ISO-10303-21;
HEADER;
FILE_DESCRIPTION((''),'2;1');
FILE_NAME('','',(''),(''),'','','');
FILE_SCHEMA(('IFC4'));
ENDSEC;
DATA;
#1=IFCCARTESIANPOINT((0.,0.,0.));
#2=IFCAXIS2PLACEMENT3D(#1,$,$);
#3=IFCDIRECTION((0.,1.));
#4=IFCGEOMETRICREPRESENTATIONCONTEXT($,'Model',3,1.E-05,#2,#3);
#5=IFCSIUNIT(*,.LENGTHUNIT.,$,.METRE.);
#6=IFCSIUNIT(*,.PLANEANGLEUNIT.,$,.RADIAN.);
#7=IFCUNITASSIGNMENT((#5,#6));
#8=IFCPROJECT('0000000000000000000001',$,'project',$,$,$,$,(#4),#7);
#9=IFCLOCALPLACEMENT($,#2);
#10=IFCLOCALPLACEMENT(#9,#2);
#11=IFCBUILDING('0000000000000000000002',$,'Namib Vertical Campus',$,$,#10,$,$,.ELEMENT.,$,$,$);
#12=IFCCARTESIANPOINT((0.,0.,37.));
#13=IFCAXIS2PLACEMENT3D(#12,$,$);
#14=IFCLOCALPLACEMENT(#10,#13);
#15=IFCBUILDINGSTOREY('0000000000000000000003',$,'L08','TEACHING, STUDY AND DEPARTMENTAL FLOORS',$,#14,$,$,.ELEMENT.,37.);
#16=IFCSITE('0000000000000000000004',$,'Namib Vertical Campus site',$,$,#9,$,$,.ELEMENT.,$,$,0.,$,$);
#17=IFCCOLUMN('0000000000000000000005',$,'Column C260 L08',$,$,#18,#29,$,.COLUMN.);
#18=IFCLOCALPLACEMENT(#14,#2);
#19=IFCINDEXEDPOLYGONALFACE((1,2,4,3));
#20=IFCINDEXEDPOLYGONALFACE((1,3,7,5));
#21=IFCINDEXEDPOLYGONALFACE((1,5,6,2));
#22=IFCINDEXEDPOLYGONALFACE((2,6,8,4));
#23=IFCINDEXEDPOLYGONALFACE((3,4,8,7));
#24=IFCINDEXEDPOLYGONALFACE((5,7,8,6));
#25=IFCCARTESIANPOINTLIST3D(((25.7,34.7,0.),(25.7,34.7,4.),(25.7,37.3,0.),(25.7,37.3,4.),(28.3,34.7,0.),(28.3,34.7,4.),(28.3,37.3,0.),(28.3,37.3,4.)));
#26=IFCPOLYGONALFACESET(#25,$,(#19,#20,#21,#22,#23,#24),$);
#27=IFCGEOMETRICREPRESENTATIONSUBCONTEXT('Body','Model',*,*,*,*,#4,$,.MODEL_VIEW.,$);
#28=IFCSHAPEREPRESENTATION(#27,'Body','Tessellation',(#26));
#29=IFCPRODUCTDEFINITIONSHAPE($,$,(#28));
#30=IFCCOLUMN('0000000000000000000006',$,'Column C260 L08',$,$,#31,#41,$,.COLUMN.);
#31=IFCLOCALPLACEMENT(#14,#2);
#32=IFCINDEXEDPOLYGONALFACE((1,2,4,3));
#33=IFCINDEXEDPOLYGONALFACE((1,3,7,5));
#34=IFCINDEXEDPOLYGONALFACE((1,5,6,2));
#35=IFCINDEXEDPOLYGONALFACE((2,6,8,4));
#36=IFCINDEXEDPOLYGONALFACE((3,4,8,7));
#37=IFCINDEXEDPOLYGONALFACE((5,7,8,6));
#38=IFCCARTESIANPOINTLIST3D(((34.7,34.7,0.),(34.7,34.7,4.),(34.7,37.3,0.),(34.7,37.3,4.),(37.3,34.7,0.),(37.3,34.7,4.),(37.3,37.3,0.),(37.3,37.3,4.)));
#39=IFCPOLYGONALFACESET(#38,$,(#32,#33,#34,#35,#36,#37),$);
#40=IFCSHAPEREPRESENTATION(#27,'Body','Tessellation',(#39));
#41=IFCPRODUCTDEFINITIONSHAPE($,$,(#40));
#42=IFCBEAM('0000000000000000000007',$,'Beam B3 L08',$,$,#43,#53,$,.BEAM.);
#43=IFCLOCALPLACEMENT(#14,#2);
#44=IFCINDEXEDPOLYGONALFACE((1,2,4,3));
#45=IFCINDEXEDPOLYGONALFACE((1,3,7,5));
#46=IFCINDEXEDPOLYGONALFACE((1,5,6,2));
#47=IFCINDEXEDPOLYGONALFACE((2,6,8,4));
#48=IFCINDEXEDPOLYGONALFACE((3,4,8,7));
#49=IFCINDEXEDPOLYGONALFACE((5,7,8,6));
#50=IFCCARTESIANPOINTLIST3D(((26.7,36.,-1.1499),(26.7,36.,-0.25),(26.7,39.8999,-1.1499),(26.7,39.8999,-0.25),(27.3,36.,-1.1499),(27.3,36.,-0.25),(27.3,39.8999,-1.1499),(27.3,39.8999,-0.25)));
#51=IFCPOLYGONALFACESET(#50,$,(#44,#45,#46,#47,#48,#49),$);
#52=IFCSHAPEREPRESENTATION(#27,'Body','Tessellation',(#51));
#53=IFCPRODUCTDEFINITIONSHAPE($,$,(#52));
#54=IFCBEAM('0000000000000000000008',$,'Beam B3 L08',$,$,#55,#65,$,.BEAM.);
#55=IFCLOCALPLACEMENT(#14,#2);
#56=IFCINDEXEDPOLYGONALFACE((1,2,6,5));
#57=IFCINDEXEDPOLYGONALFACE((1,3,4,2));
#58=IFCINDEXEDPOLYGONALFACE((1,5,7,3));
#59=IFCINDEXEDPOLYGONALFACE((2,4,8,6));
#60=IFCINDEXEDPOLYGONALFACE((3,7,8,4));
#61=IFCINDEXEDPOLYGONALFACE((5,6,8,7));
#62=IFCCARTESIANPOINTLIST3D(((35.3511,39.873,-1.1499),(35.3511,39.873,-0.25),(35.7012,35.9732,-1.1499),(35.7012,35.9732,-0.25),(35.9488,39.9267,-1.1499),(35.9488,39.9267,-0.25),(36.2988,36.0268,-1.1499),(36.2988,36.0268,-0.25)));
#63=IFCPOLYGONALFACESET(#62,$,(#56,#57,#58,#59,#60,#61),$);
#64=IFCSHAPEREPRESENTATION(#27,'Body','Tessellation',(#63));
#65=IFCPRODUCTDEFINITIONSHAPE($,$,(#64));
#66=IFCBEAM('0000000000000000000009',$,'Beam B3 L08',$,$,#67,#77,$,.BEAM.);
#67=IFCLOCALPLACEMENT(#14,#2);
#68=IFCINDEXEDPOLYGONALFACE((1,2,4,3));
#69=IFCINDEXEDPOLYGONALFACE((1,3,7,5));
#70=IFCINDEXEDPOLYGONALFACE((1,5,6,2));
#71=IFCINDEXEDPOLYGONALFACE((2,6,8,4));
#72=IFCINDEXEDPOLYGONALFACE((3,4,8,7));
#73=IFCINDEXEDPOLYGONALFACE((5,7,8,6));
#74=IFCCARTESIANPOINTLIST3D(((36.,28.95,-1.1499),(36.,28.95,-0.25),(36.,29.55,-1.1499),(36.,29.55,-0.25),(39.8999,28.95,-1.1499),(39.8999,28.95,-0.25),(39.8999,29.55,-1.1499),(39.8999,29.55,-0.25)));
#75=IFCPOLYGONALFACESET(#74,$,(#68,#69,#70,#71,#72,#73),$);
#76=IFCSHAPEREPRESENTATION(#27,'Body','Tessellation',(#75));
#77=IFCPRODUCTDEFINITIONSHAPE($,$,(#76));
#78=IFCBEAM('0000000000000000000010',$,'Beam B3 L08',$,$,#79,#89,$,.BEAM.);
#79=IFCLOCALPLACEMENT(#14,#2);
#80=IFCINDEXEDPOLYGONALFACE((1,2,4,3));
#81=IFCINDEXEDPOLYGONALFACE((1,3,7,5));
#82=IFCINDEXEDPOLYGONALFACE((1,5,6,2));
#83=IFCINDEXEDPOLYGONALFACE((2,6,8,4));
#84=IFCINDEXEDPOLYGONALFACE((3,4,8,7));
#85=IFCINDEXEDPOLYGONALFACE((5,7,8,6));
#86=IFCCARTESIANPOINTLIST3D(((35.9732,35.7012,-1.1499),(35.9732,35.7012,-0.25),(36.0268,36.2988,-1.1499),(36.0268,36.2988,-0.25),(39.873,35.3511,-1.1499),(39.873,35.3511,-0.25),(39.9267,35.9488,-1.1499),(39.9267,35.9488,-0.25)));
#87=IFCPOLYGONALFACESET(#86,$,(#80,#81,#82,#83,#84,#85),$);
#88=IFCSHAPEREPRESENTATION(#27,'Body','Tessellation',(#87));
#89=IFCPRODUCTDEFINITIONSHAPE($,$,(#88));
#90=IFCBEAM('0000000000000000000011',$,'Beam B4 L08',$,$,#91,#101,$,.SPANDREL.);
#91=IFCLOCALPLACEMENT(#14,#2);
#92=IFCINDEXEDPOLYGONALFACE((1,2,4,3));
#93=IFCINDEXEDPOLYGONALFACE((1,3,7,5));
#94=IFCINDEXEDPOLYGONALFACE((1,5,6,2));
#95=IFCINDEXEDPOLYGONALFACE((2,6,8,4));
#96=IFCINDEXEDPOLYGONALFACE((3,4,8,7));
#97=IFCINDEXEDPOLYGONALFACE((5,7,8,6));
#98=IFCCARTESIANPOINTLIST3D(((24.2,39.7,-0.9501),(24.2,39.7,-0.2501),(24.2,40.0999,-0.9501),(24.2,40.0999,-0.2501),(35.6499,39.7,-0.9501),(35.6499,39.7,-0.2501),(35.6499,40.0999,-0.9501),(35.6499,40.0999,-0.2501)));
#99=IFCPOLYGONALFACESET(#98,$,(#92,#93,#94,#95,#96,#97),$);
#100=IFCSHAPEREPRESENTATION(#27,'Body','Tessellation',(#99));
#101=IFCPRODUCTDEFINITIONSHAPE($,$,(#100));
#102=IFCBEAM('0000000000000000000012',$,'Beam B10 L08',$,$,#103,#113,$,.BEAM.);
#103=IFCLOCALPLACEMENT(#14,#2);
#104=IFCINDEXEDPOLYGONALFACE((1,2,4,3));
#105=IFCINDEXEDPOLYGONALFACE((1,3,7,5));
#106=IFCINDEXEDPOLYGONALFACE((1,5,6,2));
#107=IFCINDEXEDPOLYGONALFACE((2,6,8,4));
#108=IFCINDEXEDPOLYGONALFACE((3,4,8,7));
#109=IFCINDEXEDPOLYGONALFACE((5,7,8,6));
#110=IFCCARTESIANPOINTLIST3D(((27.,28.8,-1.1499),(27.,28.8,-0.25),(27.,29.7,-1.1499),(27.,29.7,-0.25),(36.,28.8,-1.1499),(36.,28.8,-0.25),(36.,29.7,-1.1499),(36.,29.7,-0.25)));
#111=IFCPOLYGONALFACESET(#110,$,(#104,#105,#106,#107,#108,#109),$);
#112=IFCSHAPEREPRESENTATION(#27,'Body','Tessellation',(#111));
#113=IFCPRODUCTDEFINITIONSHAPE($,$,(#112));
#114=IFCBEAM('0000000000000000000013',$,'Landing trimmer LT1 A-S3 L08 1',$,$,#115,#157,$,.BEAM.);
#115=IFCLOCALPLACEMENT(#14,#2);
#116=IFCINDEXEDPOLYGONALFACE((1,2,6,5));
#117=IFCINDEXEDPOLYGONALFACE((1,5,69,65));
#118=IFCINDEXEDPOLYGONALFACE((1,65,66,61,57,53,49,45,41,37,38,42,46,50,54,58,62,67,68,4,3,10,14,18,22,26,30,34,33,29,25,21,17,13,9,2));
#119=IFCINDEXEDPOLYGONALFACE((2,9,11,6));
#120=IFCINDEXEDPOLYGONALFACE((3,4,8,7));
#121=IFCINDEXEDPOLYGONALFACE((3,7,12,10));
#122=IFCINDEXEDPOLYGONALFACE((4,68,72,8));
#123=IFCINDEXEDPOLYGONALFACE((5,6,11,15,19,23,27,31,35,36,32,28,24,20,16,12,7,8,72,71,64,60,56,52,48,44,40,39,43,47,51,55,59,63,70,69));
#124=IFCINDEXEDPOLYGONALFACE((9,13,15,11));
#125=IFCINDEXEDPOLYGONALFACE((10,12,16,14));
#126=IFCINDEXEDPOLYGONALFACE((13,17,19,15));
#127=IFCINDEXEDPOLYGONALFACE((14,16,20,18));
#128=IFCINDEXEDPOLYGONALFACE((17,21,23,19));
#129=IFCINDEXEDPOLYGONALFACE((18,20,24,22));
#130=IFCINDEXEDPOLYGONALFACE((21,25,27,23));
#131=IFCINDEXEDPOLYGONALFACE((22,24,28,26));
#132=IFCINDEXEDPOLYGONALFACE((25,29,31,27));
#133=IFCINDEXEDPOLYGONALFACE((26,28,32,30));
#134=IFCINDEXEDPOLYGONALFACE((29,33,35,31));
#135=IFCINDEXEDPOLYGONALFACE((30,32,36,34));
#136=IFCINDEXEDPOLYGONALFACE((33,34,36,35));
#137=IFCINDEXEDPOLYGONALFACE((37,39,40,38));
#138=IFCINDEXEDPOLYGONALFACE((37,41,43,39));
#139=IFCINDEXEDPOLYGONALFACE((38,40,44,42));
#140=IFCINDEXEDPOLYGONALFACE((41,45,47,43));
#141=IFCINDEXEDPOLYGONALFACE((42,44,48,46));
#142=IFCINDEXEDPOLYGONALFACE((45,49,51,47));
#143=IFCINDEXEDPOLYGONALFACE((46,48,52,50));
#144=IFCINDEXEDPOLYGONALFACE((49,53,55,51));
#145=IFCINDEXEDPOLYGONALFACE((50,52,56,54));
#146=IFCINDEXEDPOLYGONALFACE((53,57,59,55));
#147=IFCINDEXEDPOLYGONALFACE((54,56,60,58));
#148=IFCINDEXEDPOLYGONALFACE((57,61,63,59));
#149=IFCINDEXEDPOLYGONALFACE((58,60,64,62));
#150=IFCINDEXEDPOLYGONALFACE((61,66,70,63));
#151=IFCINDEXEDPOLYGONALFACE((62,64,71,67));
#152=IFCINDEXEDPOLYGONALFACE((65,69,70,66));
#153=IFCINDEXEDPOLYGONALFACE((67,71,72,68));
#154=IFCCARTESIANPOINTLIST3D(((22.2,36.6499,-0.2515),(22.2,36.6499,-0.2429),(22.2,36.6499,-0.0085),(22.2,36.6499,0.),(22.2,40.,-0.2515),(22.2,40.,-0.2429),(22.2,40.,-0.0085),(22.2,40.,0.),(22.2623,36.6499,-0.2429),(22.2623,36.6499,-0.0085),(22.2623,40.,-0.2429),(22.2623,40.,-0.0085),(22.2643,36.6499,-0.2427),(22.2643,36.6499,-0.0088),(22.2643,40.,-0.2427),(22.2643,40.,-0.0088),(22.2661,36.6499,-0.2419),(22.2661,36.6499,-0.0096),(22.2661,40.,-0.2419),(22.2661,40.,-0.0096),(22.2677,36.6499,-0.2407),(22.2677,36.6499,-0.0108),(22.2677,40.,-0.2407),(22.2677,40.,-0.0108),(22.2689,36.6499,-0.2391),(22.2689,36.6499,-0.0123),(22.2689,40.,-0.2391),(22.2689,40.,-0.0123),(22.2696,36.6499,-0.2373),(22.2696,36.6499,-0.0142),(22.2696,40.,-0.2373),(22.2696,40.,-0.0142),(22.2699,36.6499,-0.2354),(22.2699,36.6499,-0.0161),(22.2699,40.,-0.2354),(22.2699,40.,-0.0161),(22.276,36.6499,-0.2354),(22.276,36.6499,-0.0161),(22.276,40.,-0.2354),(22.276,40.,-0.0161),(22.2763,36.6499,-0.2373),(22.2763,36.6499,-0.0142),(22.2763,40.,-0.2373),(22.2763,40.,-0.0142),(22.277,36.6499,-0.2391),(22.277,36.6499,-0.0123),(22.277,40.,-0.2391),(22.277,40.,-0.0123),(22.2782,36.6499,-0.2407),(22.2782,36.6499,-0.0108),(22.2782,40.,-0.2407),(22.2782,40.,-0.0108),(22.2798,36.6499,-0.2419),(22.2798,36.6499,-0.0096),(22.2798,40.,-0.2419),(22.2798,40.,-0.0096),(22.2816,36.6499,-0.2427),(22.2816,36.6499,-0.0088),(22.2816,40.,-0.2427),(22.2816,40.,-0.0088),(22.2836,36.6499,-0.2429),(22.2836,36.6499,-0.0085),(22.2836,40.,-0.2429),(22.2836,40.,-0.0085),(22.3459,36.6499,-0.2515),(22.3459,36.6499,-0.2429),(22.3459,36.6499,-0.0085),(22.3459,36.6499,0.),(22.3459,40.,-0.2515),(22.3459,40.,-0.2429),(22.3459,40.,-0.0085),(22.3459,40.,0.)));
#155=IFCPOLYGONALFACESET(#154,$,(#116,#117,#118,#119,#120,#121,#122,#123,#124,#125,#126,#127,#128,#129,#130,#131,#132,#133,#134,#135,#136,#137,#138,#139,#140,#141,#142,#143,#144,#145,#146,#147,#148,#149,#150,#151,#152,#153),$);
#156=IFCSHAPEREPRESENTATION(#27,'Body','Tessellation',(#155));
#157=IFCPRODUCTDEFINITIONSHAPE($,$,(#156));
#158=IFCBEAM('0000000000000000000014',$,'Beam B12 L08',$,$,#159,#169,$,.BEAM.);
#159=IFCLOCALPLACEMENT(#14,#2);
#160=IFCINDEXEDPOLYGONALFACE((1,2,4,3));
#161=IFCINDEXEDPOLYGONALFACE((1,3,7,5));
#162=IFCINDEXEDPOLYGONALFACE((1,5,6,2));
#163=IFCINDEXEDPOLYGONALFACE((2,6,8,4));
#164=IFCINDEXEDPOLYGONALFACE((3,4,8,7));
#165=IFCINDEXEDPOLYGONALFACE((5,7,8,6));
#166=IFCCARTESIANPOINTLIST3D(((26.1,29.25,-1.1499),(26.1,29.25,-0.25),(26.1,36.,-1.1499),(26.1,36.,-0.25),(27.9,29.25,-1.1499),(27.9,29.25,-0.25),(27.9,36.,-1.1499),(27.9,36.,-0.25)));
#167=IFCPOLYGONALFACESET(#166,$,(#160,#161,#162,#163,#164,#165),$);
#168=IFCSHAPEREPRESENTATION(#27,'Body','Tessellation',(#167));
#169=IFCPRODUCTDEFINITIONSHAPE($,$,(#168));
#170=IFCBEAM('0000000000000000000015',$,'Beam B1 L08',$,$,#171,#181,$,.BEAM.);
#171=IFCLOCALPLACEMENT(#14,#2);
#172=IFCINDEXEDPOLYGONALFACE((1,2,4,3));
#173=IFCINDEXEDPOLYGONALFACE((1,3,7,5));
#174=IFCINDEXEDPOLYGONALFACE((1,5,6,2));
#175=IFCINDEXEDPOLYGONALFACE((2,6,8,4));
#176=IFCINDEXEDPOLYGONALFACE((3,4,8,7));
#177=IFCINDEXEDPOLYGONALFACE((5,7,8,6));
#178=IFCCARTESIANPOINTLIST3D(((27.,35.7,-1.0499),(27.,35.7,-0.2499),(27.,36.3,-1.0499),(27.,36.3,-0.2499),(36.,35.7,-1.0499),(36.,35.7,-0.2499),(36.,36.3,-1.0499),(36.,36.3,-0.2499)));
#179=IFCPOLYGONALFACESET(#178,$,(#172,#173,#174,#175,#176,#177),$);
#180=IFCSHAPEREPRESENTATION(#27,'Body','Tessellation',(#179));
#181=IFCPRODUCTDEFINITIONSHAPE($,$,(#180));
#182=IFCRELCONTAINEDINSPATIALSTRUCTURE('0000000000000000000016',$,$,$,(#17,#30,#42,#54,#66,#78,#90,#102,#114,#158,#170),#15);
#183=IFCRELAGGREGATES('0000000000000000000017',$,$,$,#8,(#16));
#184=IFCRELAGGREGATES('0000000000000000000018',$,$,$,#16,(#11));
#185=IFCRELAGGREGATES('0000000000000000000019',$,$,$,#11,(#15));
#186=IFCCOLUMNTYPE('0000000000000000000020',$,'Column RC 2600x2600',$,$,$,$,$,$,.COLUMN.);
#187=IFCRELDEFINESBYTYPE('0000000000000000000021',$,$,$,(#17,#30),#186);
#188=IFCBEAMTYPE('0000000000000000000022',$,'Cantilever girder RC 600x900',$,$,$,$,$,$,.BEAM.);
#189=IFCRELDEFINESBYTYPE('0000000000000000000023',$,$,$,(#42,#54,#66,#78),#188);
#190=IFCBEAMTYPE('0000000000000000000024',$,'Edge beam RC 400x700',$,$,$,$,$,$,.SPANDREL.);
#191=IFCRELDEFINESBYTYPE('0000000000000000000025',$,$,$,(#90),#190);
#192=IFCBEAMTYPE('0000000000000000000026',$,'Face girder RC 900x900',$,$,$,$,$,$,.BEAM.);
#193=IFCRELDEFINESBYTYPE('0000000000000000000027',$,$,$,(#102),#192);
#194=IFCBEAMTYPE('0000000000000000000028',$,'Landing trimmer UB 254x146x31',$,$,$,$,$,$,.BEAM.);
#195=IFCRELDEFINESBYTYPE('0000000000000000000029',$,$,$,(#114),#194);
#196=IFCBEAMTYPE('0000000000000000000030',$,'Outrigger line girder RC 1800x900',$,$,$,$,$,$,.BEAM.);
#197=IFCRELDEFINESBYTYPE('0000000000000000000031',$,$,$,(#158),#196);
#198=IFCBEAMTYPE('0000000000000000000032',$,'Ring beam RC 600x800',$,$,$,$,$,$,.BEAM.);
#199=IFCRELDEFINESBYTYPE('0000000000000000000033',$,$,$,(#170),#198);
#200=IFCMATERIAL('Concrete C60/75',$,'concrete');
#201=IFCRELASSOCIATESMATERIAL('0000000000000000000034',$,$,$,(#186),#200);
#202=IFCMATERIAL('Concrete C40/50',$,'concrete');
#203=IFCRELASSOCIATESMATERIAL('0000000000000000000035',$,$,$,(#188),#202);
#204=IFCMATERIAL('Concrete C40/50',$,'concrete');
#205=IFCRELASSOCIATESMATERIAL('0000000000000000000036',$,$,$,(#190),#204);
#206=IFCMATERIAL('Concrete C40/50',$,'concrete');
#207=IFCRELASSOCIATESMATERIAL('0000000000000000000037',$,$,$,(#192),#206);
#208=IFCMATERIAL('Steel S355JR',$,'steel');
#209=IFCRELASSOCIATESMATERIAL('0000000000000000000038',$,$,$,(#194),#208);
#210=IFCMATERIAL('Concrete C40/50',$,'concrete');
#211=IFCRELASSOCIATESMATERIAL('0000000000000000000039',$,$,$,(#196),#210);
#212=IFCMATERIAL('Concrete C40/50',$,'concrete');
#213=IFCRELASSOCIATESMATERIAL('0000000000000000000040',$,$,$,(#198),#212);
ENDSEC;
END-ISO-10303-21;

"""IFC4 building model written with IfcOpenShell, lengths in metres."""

from ifc_helpers import new_model, si_unit, direction, frame, origin, origin_2d, place, context, subcontext, project, spatial, rectangle, i_section, extrude, material, material_profile, profile_set, type_object, element, save


model = new_model("IFC4")

# Units and contexts
model_context = context("Model", 3, precision=1e-05, world=origin(), true_north=direction((0.0, 1.0)))
body_context = subcontext(model_context, "Body", "Model", "MODEL_VIEW")
ifc_project = project(units=[si_unit("LENGTHUNIT", "METRE"), si_unit("PLANEANGLEUNIT", "RADIAN")], contexts=[model_context])

# Site, building, storey
site_placement = place(None, origin())
site = spatial("IfcSite", under=ifc_project, at=site_placement, Name="Namib Vertical Campus site", CompositionType="ELEMENT", RefElevation=0.0)
building_placement = place(site_placement, origin())
building = spatial("IfcBuilding", under=site, at=building_placement, Name="Namib Vertical Campus", CompositionType="ELEMENT")
storey_placement = place(building_placement, frame((0.0, 0.0, 37.0)))
storey = spatial("IfcBuildingStorey", under=building, at=storey_placement, Name="L08", Description="TEACHING, STUDY AND DEPARTMENTAL FLOORS", CompositionType="ELEMENT", Elevation=37.0)

# Columns
ifc_material_1 = material(Name="Concrete C60/75", Category="concrete")
ifc_material_profile_1 = material_profile(ifc_material_1, rectangle(XDim=2.6001, YDim=2.6001, at=origin_2d()))
ifc_profile_set_1 = profile_set([ifc_material_profile_1], Name="Concrete C60/75")
column_type = type_object("IfcColumnType", Name="Column RC 2600x2600", PredefinedType="COLUMN", material=ifc_profile_set_1)
for number, where, z_axis, x_axis, name in (
    (1, (27.0, 36.0, 0.0), (0.0, 0.0, 1.0), (1.0, 0.0, 0.0), "Column C260 L08"),
    (2, (36.0, 36.0, 0.0), (0.0, 0.0, 1.0), (1.0, 0.0, 0.0), "Column C260 L08"),
):
    element("IfcColumn", number, at=place(storey_placement, frame(where, z_axis=z_axis, x_axis=x_axis)), inside=storey, type_object=column_type, Name=name, PredefinedType="COLUMN", context=body_context, shape_type="SweptSolid", body=[
        extrude(rectangle(XDim=2.6001, YDim=2.6001, at=origin_2d()), origin(), (0.0, 0.0, 1.0), 4.0),
    ])

# Beams
ifc_material_2 = material(Name="Concrete C40/50", Category="concrete")
ifc_material_profile_2 = material_profile(ifc_material_2, rectangle(XDim=0.6001, YDim=0.8999, at=origin_2d()))
ifc_profile_set_2 = profile_set([ifc_material_profile_2], Name="Concrete C40/50")
beam_type_1 = type_object("IfcBeamType", Name="Cantilever girder RC 600x900", PredefinedType="BEAM", material=ifc_profile_set_2)
beam_1_placement = place(storey_placement, frame((27.0, 36.0, -0.7), z_axis=(0.0, 1.0, 0.0), x_axis=(-1.0, 0.0, 0.0)))
element("IfcBeam", 3, at=beam_1_placement, inside=storey, type_object=beam_type_1, Name="Beam B3 L08", PredefinedType="BEAM", context=body_context, shape_type="SweptSolid", body=[
    extrude(rectangle(XDim=0.6001, YDim=0.8999, at=origin_2d()), origin(), (0.0, 0.0, 1.0), 3.8999),
])
beam_2_placement = place(storey_placement, frame((36.0, 36.0, -0.7), z_axis=(-0.089411, 0.995995, 0.0), x_axis=(-0.995995, -0.089411, 0.0)))
element("IfcBeam", 4, at=beam_2_placement, inside=storey, type_object=beam_type_1, Name="Beam B3 L08", PredefinedType="BEAM", context=body_context, shape_type="SweptSolid", body=[
    extrude(rectangle(XDim=0.6001, YDim=0.8999, at=origin_2d()), origin(), (0.0, 0.0, 1.0), 3.9155),
])
beam_3_placement = place(storey_placement, frame((36.0, 29.25, -0.7), z_axis=(1.0, 0.0, 0.0), x_axis=(0.0, 1.0, 0.0)))
element("IfcBeam", 5, at=beam_3_placement, inside=storey, type_object=beam_type_1, Name="Beam B3 L08", PredefinedType="BEAM", context=body_context, shape_type="SweptSolid", body=[
    extrude(rectangle(XDim=0.6001, YDim=0.8999, at=origin_2d()), origin(), (0.0, 0.0, 1.0), 3.8999),
])
beam_4_placement = place(storey_placement, frame((36.0, 36.0, -0.7), z_axis=(0.995995, -0.089411, 0.0), x_axis=(0.089411, 0.995995, 0.0)))
element("IfcBeam", 6, at=beam_4_placement, inside=storey, type_object=beam_type_1, Name="Beam B3 L08", PredefinedType="BEAM", context=body_context, shape_type="SweptSolid", body=[
    extrude(rectangle(XDim=0.6001, YDim=0.8999, at=origin_2d()), origin(), (0.0, 0.0, 1.0), 3.9155),
])
ifc_material_3 = material(Name="Concrete C40/50", Category="concrete")
ifc_material_profile_3 = material_profile(ifc_material_3, rectangle(XDim=0.3999, YDim=0.7, at=origin_2d()))
ifc_profile_set_3 = profile_set([ifc_material_profile_3], Name="Concrete C40/50")
beam_type_2 = type_object("IfcBeamType", Name="Edge beam RC 400x700", PredefinedType="SPANDREL", material=ifc_profile_set_3)
beam_5_placement = place(storey_placement, frame((24.2, 39.8999, -0.6001), z_axis=(1.0, 0.0, 0.0), x_axis=(0.0, 1.0, 0.0)))
element("IfcBeam", 7, at=beam_5_placement, inside=storey, type_object=beam_type_2, Name="Beam B4 L08", PredefinedType="SPANDREL", context=body_context, shape_type="SweptSolid", body=[
    extrude(rectangle(XDim=0.3999, YDim=0.7, at=origin_2d()), origin(), (0.0, 0.0, 1.0), 11.45),
])
ifc_material_4 = material(Name="Concrete C40/50", Category="concrete")
ifc_material_profile_4 = material_profile(ifc_material_4, rectangle(XDim=0.8999, YDim=0.8999, at=origin_2d()))
ifc_profile_set_4 = profile_set([ifc_material_profile_4], Name="Concrete C40/50")
beam_type_3 = type_object("IfcBeamType", Name="Face girder RC 900x900", PredefinedType="BEAM", material=ifc_profile_set_4)
beam_6_placement = place(storey_placement, frame((36.0, 29.25, -0.7), z_axis=(-1.0, 0.0, 0.0), x_axis=(0.0, -1.0, 0.0)))
element("IfcBeam", 8, at=beam_6_placement, inside=storey, type_object=beam_type_3, Name="Beam B10 L08", PredefinedType="BEAM", context=body_context, shape_type="SweptSolid", body=[
    extrude(rectangle(XDim=0.8999, YDim=0.8999, at=origin_2d()), origin(), (0.0, 0.0, 1.0), 9.0),
])
ifc_material_5 = material(Name="Steel S355JR", Category="steel")
ifc_material_profile_5 = material_profile(ifc_material_5, i_section(OverallWidth=0.146, OverallDepth=0.2515, WebThickness=0.0061, FlangeThickness=0.0085, FilletRadius=0.0076, at=origin_2d()))
ifc_profile_set_5 = profile_set([ifc_material_profile_5], Name="Steel S355JR")
beam_type_4 = type_object("IfcBeamType", Name="Landing trimmer UB 254x146x31", PredefinedType="BEAM", material=ifc_profile_set_5)
beam_7_placement = place(storey_placement, frame((22.2729, 36.6499, -0.1257), z_axis=(0.0, 1.0, 0.0), x_axis=(-1.0, 0.0, 0.0)))
element("IfcBeam", 9, at=beam_7_placement, inside=storey, type_object=beam_type_4, Name="Landing trimmer LT1 A-S3 L08 1", PredefinedType="BEAM", context=body_context, shape_type="SweptSolid", body=[
    extrude(i_section(OverallWidth=0.146, OverallDepth=0.2515, WebThickness=0.0061, FlangeThickness=0.0085, FilletRadius=0.0076, at=origin_2d()), origin(), (0.0, 0.0, 1.0), 3.3501),
])
ifc_material_6 = material(Name="Concrete C40/50", Category="concrete")
ifc_material_profile_6 = material_profile(ifc_material_6, rectangle(XDim=1.8, YDim=0.8999, at=origin_2d()))
ifc_profile_set_6 = profile_set([ifc_material_profile_6], Name="Concrete C40/50")
beam_type_5 = type_object("IfcBeamType", Name="Outrigger line girder RC 1800x900", PredefinedType="BEAM", material=ifc_profile_set_6)
beam_8_placement = place(storey_placement, frame((27.0, 36.0, -0.7), z_axis=(0.0, -1.0, 0.0), x_axis=(1.0, 0.0, 0.0)))
element("IfcBeam", 10, at=beam_8_placement, inside=storey, type_object=beam_type_5, Name="Beam B12 L08", PredefinedType="BEAM", context=body_context, shape_type="SweptSolid", body=[
    extrude(rectangle(XDim=1.8, YDim=0.8999, at=origin_2d()), origin(), (0.0, 0.0, 1.0), 6.75),
])
ifc_material_7 = material(Name="Concrete C40/50", Category="concrete")
ifc_material_profile_7 = material_profile(ifc_material_7, rectangle(XDim=0.6001, YDim=0.8, at=origin_2d()))
ifc_profile_set_7 = profile_set([ifc_material_profile_7], Name="Concrete C40/50")
beam_type_6 = type_object("IfcBeamType", Name="Ring beam RC 600x800", PredefinedType="BEAM", material=ifc_profile_set_7)
beam_9_placement = place(storey_placement, frame((27.0, 36.0, -0.6499), z_axis=(1.0, 0.0, 0.0), x_axis=(0.0, 1.0, 0.0)))
element("IfcBeam", 11, at=beam_9_placement, inside=storey, type_object=beam_type_6, Name="Beam B1 L08", PredefinedType="BEAM", context=body_context, shape_type="SweptSolid", body=[
    extrude(rectangle(XDim=0.6001, YDim=0.8, at=origin_2d()), origin(), (0.0, 0.0, 1.0), 9.0),
])

save(model, "model.ifc")
